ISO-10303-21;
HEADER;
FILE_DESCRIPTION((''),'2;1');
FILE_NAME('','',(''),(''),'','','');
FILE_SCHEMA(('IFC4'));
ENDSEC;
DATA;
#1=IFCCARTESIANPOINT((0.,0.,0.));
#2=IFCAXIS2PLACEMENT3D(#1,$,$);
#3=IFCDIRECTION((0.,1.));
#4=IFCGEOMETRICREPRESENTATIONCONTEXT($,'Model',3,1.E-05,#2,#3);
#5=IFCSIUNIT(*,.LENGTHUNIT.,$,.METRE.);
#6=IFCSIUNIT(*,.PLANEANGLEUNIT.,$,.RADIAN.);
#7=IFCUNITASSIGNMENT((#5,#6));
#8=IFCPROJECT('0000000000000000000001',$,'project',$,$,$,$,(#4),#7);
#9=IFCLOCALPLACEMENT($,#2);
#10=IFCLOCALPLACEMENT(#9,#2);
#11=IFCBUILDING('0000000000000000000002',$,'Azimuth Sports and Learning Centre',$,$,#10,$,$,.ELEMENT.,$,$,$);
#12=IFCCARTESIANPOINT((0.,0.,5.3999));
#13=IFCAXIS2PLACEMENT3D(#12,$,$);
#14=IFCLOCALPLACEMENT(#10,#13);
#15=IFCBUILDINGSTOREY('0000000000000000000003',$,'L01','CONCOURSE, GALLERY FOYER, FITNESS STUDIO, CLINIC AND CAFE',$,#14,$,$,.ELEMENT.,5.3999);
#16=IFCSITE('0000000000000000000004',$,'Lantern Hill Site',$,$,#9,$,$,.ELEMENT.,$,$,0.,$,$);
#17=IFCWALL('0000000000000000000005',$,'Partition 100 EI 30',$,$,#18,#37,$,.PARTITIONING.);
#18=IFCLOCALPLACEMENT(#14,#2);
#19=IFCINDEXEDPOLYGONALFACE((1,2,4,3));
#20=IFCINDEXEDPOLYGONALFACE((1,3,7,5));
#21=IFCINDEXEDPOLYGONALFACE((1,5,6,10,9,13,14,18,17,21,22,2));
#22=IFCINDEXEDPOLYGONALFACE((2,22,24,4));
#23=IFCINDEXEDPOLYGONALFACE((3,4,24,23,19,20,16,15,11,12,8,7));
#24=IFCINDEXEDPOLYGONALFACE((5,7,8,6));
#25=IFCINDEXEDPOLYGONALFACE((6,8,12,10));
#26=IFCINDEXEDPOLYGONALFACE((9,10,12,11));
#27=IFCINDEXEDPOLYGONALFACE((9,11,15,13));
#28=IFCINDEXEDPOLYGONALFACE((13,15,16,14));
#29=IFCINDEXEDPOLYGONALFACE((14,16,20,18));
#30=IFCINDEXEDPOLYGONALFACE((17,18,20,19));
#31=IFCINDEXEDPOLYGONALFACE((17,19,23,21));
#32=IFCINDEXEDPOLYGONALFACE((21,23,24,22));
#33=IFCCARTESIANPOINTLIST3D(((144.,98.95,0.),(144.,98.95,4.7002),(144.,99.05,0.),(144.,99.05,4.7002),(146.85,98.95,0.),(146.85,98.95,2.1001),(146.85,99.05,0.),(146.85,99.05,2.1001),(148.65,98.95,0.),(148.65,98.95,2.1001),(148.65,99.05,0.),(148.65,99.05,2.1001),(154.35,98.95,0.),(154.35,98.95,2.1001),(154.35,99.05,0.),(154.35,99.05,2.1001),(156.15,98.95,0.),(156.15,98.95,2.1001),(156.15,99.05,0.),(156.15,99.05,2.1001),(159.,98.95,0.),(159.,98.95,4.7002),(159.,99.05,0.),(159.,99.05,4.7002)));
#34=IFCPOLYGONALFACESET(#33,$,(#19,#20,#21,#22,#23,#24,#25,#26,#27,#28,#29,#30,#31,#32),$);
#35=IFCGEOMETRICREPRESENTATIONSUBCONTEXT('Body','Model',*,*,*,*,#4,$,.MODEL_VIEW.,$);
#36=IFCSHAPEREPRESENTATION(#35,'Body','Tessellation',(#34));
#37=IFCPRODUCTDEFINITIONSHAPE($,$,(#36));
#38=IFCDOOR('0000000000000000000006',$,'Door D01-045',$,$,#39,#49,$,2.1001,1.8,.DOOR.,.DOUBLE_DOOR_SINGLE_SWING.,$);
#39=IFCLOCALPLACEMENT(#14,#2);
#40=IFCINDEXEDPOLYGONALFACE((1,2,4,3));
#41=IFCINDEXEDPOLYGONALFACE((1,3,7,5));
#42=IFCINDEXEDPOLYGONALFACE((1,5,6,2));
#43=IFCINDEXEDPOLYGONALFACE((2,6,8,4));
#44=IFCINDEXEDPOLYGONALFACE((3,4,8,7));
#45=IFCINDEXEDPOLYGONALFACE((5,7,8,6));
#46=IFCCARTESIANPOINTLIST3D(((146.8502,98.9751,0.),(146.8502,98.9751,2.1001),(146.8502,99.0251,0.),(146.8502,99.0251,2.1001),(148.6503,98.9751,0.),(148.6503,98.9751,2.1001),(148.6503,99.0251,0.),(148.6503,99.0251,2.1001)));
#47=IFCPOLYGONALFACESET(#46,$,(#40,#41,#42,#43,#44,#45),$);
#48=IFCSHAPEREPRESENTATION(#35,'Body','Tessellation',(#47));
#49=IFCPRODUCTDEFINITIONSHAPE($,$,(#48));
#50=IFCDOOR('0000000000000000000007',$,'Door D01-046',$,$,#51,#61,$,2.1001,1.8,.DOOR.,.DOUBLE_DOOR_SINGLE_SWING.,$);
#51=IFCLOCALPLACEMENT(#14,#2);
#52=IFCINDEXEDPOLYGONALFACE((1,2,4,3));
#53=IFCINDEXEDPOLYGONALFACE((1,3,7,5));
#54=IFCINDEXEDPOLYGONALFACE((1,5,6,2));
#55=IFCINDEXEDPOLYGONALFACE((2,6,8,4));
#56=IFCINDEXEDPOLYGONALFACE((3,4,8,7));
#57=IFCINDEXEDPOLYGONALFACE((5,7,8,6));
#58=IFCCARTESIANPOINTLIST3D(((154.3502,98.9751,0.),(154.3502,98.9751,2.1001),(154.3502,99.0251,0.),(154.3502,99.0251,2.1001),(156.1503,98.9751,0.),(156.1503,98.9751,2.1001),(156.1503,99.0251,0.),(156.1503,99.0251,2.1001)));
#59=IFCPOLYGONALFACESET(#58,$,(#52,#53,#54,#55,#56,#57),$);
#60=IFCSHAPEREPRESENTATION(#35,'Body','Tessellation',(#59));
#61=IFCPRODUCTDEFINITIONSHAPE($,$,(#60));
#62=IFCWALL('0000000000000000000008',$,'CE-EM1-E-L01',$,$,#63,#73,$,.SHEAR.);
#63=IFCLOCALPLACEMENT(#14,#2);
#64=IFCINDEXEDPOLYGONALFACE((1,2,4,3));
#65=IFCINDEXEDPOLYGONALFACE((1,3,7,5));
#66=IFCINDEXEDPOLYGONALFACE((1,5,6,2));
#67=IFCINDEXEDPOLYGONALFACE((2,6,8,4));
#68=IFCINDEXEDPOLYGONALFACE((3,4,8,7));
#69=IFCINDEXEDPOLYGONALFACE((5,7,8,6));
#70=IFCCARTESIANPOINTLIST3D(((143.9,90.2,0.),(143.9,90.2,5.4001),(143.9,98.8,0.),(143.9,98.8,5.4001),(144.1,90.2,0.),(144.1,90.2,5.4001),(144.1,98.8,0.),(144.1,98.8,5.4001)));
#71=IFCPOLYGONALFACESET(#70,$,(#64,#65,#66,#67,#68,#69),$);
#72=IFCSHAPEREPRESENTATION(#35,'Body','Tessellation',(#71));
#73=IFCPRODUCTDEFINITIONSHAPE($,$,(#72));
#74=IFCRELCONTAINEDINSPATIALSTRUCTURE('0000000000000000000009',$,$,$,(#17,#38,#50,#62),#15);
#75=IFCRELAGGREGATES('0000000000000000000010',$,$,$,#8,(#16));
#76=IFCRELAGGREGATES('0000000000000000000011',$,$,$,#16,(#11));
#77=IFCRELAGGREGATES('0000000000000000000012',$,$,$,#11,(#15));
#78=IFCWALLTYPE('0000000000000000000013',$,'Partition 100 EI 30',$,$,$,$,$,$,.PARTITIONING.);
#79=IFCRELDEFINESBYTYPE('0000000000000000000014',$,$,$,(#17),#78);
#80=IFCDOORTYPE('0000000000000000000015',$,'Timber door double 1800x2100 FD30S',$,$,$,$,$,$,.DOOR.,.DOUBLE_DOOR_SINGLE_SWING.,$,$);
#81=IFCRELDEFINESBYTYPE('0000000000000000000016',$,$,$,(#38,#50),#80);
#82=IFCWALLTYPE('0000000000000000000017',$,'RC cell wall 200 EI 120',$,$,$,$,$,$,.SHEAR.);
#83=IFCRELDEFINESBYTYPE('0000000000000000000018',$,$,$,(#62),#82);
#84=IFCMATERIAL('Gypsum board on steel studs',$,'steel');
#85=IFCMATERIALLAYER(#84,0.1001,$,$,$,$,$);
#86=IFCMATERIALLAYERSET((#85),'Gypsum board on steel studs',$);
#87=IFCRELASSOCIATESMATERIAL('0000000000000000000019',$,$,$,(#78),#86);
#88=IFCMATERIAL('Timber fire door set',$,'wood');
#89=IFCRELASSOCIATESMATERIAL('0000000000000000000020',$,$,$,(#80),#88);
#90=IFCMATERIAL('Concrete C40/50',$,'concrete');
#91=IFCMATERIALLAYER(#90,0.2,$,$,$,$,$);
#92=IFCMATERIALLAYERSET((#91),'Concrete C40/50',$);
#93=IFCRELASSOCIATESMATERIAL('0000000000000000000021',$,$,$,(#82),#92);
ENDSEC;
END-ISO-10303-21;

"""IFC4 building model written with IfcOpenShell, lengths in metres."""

from ifc_helpers import new_model, si_unit, direction, frame, frame_2d, origin, place, context, subcontext, project, spatial, rectangle, extrude, material, layer, layer_set, type_object, element, fill, save


model = new_model("IFC4")

# Units and contexts
model_context = context("Model", 3, precision=1e-05, world=origin(), true_north=direction((0.0, 1.0)))
body_context = subcontext(model_context, "Body", "Model", "MODEL_VIEW")
ifc_project = project(units=[si_unit("LENGTHUNIT", "METRE"), si_unit("PLANEANGLEUNIT", "RADIAN")], contexts=[model_context])

# Site, building, storey
site_placement = place(None, origin())
site = spatial("IfcSite", under=ifc_project, at=site_placement, Name="Lantern Hill Site", CompositionType="ELEMENT", RefElevation=0.0)
building_placement = place(site_placement, origin())
building = spatial("IfcBuilding", under=site, at=building_placement, Name="Azimuth Sports and Learning Centre", CompositionType="ELEMENT")
storey_placement = place(building_placement, frame((0.0, 0.0, 5.3999)))
storey = spatial("IfcBuildingStorey", under=building, at=storey_placement, Name="L01", Description="CONCOURSE, GALLERY FOYER, FITNESS STUDIO, CLINIC AND CAFE", CompositionType="ELEMENT", Elevation=5.3999)

# Wall, openings, doors
ifc_material_1 = material(Name="Gypsum board on steel studs", Category="steel")
ifc_layer_1 = layer(ifc_material_1, 0.1001)
ifc_layer_set_1 = layer_set([ifc_layer_1], Name="Gypsum board on steel studs")
wall_type_1 = type_object("IfcWallType", Name="Partition 100 EI 30", PredefinedType="PARTITIONING", material=ifc_layer_set_1)
wall_1_placement = place(storey_placement, frame((144.0, 99.0, 0.0), z_axis=(0.0, 0.0, 1.0), x_axis=(1.0, 0.0, 0.0)))
wall_1 = element("IfcWall", 1, at=wall_1_placement, inside=storey, type_object=wall_type_1, Name="Partition 100 EI 30", PredefinedType="PARTITIONING", context=body_context, shape_type="SweptSolid", body=[
    extrude(rectangle(XDim=15.0, YDim=0.1001, at=frame_2d((7.5, 0.0))), origin(), (0.0, 0.0, 1.0), 4.7002),
])
opening_1_placement = place(wall_1_placement, frame((2.8501, 0.0, 0.0)))
opening_1 = element("IfcOpeningElement", 2, at=opening_1_placement, cuts=wall_1, PredefinedType="OPENING", context=body_context, shape_type="SweptSolid", body=[
    extrude(rectangle(XDim=1.8, YDim=2.1001, at=frame_2d((0.8999, 1.05))), frame((0.0, 0.061, 0.0), z_axis=(0.0, -1.0, 0.0), x_axis=(1.0, 0.0, 0.0)), (0.0, 0.0, 1.0), 0.1221),
])
opening_2_placement = place(wall_1_placement, frame((10.3501, 0.0, 0.0)))
opening_2 = element("IfcOpeningElement", 3, at=opening_2_placement, cuts=wall_1, PredefinedType="OPENING", context=body_context, shape_type="SweptSolid", body=[
    extrude(rectangle(XDim=1.8, YDim=2.1001, at=frame_2d((0.8999, 1.05))), frame((0.0, 0.061, 0.0), z_axis=(0.0, -1.0, 0.0), x_axis=(1.0, 0.0, 0.0)), (0.0, 0.0, 1.0), 0.1221),
])
ifc_material_2 = material(Name="Timber fire door set", Category="wood")
door_type = type_object("IfcDoorType", Name="Timber door double 1800x2100 FD30S", OperationType="DOUBLE_DOOR_SINGLE_SWING", PredefinedType="DOOR", material=ifc_material_2)
door_1_placement = place(opening_1_placement, frame((1.8, 0.0, 0.0), z_axis=(0.0, 0.0, 1.0), x_axis=(-1.0, 0.0, 0.0)))
door_1 = element("IfcDoor", 4, at=door_1_placement, inside=storey, type_object=door_type, Name="Door D01-045", OperationType="DOUBLE_DOOR_SINGLE_SWING", OverallHeight=2.1001, OverallWidth=1.8, PredefinedType="DOOR", context=body_context, shape_type="SweptSolid", body=[
    extrude(rectangle(XDim=1.8, YDim=2.1001, at=frame_2d((0.8999, 1.05))), frame((0.0, 0.0249, 0.0), z_axis=(0.0, -1.0, 0.0), x_axis=(1.0, 0.0, 0.0)), (0.0, 0.0, 1.0), 0.05),
])
fill(opening_1, door_1)
door_2_placement = place(opening_2_placement, frame((1.8, 0.0, 0.0), z_axis=(0.0, 0.0, 1.0), x_axis=(-1.0, 0.0, 0.0)))
door_2 = element("IfcDoor", 5, at=door_2_placement, inside=storey, type_object=door_type, Name="Door D01-046", OperationType="DOUBLE_DOOR_SINGLE_SWING", OverallHeight=2.1001, OverallWidth=1.8, PredefinedType="DOOR", context=body_context, shape_type="SweptSolid", body=[
    extrude(rectangle(XDim=1.8, YDim=2.1001, at=frame_2d((0.8999, 1.05))), frame((0.0, 0.0249, 0.0), z_axis=(0.0, -1.0, 0.0), x_axis=(1.0, 0.0, 0.0)), (0.0, 0.0, 1.0), 0.05),
])
fill(opening_2, door_2)

# Wall
ifc_material_3 = material(Name="Concrete C40/50", Category="concrete")
ifc_layer_2 = layer(ifc_material_3, 0.2)
ifc_layer_set_2 = layer_set([ifc_layer_2], Name="Concrete C40/50")
wall_type_2 = type_object("IfcWallType", Name="RC cell wall 200 EI 120", PredefinedType="SHEAR", material=ifc_layer_set_2)
wall_2_placement = place(storey_placement, frame((144.0, 90.2, 0.0), z_axis=(0.0, 0.0, 1.0), x_axis=(0.0, 1.0, 0.0)))
element("IfcWall", 6, at=wall_2_placement, inside=storey, type_object=wall_type_2, Name="CE-EM1-E-L01", PredefinedType="SHEAR", context=body_context, shape_type="SweptSolid", body=[
    extrude(rectangle(XDim=8.6001, YDim=0.2, at=frame_2d((4.3, 0.0))), origin(), (0.0, 0.0, 1.0), 5.4001),
])

save(model, "model.ifc")
